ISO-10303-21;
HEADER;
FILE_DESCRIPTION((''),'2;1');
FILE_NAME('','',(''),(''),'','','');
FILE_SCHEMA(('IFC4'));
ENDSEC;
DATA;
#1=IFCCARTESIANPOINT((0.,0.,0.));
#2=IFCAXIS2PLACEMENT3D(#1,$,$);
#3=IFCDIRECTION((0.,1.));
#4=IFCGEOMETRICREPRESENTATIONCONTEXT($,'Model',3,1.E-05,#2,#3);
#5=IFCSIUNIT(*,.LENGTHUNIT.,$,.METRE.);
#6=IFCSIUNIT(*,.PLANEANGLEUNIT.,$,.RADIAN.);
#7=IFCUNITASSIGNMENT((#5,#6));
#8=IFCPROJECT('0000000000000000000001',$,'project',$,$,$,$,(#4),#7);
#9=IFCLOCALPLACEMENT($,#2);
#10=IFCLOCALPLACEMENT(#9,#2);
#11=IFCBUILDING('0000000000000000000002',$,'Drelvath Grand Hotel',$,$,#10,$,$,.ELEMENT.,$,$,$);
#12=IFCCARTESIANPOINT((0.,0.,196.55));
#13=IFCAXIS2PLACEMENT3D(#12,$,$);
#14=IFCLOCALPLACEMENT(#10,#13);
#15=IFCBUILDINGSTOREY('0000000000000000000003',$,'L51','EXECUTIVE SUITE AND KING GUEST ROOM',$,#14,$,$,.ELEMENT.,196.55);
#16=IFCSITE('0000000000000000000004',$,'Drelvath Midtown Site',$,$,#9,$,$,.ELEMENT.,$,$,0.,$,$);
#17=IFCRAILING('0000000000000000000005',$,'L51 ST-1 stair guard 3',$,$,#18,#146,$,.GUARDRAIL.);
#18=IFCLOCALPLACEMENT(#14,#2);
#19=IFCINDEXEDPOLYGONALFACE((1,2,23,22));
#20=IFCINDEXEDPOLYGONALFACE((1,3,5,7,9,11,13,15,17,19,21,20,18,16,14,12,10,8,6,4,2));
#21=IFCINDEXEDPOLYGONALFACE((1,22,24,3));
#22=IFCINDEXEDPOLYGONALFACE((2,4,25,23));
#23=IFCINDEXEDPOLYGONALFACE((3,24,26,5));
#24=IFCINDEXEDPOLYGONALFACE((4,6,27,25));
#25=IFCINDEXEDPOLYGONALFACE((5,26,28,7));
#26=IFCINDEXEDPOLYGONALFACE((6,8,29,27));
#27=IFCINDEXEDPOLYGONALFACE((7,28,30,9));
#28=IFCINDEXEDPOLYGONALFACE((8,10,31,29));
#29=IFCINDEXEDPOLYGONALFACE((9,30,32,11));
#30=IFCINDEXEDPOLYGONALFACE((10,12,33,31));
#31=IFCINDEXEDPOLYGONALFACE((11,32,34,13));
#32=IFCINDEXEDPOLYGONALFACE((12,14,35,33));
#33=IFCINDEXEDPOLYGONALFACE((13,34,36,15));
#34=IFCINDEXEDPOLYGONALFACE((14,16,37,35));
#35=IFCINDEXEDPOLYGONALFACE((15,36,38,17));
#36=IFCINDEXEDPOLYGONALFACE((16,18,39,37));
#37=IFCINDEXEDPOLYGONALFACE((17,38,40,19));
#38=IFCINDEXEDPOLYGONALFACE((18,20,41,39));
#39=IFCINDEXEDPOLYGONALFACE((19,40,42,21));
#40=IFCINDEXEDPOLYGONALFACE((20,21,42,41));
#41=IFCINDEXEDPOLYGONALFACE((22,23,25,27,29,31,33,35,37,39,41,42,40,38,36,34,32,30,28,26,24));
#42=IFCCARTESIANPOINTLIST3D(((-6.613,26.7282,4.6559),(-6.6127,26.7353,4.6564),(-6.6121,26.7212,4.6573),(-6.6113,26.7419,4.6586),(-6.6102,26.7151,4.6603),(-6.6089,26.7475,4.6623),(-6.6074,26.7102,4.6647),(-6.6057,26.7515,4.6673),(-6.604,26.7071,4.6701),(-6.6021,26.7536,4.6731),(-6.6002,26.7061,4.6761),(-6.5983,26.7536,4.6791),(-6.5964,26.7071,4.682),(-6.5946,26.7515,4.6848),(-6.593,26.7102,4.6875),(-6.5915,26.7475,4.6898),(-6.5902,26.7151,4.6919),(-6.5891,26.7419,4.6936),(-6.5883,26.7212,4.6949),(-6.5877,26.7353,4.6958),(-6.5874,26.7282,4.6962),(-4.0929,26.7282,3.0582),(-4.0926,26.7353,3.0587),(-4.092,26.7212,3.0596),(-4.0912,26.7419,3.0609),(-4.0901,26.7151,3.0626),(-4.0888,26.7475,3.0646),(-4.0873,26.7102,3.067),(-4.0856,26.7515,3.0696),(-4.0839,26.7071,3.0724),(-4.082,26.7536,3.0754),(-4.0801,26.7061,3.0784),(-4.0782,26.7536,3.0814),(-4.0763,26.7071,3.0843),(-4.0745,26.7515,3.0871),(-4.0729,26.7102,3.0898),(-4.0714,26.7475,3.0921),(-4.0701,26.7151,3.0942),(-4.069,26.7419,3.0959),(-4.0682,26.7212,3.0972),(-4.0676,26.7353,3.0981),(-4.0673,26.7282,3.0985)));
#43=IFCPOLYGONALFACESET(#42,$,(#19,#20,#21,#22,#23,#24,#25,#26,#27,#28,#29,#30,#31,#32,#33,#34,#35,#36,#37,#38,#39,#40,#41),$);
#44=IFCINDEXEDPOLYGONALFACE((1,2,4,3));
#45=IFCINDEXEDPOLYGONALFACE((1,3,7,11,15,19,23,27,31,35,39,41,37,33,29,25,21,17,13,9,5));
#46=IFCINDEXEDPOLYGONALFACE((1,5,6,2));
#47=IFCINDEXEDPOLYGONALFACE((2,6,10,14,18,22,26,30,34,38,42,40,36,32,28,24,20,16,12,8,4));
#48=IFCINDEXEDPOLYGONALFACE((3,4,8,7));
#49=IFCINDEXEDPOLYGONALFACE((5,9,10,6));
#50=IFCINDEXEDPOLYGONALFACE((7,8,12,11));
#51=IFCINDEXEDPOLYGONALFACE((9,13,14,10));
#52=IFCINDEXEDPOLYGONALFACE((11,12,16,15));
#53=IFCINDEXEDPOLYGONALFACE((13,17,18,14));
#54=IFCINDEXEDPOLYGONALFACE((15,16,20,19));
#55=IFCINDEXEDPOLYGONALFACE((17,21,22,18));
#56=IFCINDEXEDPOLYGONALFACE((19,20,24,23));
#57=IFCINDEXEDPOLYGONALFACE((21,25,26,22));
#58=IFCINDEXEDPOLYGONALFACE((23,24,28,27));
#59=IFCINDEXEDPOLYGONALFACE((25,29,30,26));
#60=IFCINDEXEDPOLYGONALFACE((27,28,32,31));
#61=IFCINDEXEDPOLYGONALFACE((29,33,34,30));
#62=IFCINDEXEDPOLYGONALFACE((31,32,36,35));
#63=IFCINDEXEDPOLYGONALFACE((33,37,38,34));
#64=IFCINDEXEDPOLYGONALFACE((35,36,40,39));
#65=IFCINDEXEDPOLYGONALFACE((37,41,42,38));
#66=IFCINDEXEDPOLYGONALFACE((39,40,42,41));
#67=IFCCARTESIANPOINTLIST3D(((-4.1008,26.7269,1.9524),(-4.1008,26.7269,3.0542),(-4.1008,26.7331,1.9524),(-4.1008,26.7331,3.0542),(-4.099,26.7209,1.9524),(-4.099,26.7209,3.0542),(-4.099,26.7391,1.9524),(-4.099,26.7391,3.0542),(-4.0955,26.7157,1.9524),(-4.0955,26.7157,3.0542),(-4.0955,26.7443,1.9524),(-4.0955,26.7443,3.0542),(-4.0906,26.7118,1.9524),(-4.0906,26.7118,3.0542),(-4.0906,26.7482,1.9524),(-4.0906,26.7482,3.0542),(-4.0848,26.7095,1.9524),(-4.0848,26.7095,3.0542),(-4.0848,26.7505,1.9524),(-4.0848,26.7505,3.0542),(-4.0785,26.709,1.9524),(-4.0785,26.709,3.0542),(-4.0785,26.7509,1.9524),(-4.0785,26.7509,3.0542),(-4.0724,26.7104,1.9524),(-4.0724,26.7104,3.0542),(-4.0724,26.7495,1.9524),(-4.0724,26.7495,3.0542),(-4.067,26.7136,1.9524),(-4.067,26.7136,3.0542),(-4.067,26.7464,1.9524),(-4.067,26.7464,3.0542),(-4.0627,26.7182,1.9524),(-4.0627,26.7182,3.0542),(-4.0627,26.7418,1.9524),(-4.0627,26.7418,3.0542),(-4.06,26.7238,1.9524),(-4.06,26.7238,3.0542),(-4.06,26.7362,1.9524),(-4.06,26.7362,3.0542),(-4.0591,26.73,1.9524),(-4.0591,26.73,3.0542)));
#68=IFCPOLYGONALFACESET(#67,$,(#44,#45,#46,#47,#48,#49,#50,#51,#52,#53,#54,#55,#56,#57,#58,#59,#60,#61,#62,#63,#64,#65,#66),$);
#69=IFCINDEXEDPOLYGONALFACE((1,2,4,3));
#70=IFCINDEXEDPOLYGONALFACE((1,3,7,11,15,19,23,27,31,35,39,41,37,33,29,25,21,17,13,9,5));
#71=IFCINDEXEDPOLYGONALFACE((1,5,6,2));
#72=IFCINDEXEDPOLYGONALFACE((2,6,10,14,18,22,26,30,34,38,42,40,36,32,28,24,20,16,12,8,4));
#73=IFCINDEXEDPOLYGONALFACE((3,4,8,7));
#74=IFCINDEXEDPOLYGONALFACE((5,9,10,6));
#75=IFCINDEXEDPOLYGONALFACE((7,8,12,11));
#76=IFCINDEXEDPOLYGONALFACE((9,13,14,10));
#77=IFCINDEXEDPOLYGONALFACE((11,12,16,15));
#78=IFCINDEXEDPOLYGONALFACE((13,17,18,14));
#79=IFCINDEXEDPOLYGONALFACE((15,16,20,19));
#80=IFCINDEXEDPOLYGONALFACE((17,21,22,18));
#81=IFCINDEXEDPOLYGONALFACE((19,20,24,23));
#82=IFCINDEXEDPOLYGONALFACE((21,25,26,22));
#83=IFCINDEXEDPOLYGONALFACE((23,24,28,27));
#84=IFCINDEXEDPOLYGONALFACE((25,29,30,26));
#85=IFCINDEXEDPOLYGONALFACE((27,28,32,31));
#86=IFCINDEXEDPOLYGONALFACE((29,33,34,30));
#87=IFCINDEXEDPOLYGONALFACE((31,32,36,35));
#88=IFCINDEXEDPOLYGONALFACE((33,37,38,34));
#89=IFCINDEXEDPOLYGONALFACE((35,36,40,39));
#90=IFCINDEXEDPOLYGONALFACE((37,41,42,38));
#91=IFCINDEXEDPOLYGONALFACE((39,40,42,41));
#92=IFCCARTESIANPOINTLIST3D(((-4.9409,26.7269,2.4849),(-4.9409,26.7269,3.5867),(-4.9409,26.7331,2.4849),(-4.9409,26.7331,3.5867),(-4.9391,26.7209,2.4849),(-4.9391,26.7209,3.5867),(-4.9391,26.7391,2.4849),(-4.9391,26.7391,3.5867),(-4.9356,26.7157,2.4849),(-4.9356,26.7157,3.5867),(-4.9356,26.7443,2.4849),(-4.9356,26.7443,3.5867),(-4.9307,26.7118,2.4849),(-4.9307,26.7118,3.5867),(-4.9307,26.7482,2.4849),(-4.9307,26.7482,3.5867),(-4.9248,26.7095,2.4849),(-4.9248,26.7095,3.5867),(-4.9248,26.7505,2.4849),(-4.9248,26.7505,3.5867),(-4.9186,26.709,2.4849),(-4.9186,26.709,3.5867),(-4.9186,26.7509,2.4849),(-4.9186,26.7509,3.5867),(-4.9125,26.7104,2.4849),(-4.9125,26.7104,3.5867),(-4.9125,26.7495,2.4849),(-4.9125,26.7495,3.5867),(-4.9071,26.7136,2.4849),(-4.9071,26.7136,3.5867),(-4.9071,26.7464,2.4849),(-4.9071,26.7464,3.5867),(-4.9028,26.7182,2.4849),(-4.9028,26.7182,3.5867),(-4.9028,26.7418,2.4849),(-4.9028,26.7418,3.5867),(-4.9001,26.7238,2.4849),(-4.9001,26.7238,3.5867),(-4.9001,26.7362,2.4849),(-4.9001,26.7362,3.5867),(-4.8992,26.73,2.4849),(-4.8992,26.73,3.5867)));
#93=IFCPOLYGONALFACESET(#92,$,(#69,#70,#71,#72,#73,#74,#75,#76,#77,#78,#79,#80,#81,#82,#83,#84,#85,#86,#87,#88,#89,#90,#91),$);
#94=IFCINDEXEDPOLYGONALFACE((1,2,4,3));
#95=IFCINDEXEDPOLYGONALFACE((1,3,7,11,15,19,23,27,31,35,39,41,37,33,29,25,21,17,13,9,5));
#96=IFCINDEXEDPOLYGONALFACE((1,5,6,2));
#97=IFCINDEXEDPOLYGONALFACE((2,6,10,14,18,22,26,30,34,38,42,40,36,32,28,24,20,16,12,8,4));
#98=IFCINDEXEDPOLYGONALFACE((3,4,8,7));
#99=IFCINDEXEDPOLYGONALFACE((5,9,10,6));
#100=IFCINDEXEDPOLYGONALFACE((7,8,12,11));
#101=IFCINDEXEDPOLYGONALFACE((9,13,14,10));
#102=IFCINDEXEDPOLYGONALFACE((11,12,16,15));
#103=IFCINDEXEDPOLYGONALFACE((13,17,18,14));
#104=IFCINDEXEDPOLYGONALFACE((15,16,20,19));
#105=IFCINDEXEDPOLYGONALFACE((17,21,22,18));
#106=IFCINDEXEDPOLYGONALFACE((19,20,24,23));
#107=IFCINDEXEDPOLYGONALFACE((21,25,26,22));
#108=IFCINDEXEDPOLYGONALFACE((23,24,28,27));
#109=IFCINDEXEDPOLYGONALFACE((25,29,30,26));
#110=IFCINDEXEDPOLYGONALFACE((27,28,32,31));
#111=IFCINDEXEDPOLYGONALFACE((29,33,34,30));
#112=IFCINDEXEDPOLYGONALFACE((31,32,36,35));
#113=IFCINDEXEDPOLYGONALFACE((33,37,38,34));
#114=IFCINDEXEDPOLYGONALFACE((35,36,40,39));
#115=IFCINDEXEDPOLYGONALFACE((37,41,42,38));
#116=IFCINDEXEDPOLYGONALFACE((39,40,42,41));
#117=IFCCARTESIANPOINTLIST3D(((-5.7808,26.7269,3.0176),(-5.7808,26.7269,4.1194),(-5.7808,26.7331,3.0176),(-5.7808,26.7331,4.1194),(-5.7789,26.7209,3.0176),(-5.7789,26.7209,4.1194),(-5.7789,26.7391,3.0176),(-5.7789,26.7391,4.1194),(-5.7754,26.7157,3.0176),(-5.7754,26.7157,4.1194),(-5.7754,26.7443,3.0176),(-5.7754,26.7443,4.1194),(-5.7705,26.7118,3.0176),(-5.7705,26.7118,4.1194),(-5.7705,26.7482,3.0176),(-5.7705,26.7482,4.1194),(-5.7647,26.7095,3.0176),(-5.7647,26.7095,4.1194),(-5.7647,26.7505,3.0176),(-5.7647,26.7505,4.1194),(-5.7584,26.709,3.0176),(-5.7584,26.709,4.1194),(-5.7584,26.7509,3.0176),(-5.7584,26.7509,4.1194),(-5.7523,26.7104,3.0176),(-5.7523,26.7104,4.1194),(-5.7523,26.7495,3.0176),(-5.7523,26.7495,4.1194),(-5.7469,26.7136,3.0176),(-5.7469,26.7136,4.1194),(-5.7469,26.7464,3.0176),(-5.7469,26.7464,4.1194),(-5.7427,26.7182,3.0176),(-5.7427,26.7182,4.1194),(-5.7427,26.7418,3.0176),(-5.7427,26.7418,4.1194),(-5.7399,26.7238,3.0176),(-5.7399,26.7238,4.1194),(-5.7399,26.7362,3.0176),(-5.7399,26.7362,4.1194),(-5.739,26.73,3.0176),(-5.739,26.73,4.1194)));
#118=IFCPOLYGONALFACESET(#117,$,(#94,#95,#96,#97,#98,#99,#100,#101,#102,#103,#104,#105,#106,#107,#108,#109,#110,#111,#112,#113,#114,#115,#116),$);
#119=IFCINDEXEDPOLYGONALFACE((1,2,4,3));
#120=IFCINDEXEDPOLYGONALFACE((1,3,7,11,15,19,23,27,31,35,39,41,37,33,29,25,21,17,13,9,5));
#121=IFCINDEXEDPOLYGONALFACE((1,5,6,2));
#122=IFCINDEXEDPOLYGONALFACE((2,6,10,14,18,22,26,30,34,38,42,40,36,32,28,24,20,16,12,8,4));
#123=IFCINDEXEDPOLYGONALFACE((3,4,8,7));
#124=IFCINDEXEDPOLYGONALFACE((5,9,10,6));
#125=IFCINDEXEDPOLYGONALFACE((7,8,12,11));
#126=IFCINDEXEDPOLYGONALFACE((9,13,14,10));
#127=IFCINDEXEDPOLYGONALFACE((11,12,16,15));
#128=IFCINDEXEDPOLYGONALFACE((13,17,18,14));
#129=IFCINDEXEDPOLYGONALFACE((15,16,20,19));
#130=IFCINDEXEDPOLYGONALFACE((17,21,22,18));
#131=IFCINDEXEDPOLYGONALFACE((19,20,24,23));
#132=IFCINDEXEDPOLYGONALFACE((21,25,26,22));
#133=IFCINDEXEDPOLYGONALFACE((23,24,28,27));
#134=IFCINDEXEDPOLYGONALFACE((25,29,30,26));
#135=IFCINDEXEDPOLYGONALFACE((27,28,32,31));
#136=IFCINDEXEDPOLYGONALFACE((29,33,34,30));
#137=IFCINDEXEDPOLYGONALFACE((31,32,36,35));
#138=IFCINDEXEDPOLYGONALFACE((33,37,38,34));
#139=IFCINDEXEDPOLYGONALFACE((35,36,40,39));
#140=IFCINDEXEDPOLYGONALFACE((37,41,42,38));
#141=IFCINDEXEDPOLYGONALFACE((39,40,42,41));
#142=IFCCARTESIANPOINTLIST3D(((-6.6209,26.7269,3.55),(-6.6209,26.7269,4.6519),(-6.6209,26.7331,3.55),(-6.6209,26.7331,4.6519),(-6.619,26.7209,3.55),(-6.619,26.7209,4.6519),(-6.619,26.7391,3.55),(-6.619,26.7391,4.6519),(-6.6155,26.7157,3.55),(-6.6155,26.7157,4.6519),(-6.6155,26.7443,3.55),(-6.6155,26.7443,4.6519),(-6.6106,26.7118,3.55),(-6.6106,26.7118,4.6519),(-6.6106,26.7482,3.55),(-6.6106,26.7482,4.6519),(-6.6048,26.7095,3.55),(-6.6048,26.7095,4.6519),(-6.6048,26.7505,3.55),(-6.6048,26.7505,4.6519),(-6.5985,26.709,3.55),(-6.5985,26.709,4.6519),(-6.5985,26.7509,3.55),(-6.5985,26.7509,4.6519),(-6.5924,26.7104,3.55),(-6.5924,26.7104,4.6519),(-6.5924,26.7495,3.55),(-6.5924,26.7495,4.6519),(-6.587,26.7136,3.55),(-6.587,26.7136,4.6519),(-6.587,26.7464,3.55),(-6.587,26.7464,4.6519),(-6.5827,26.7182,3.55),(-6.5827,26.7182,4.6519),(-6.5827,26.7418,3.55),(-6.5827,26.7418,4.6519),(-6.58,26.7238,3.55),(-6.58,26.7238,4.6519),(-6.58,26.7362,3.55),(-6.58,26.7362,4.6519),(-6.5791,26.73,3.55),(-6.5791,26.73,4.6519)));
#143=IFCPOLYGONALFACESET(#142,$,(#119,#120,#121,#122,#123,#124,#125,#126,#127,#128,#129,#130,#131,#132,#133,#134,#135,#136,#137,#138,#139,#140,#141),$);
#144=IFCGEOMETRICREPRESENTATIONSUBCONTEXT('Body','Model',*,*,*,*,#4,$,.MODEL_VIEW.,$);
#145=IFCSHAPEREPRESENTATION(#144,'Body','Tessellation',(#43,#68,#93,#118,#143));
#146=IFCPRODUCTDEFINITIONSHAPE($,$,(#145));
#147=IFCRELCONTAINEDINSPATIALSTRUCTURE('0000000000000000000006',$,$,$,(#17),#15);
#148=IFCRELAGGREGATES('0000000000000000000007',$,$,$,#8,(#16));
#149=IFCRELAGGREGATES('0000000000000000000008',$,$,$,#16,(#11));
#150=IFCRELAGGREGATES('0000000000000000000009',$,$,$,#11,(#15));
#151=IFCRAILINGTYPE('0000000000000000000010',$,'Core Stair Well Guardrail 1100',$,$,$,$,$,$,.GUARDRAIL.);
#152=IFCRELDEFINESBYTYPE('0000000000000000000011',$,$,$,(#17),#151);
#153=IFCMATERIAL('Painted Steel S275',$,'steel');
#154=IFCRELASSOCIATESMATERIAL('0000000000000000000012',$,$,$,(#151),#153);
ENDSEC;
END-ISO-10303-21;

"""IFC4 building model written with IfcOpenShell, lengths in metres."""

from ifc_helpers import new_model, si_unit, direction, frame, origin, origin_2d, place, context, subcontext, project, spatial, circle, extrude, material, type_object, element, save


model = new_model("IFC4")

# Units and contexts
model_context = context("Model", 3, precision=1e-05, world=origin(), true_north=direction((0.0, 1.0)))
body_context = subcontext(model_context, "Body", "Model", "MODEL_VIEW")
ifc_project = project(units=[si_unit("LENGTHUNIT", "METRE"), si_unit("PLANEANGLEUNIT", "RADIAN")], contexts=[model_context])

# Site, building, storey
site_placement = place(None, origin())
site = spatial("IfcSite", under=ifc_project, at=site_placement, Name="Drelvath Midtown Site", CompositionType="ELEMENT", RefElevation=0.0)
building_placement = place(site_placement, origin())
building = spatial("IfcBuilding", under=site, at=building_placement, Name="Drelvath Grand Hotel", CompositionType="ELEMENT")
storey_placement = place(building_placement, frame((0.0, 0.0, 196.55)))
storey = spatial("IfcBuildingStorey", under=building, at=storey_placement, Name="L51", Description="EXECUTIVE SUITE AND KING GUEST ROOM", CompositionType="ELEMENT", Elevation=196.55)

# Shared definitions
ifc_material_1 = material(Name="Painted Steel S275", Category="steel")

# Railing
railing_type_1 = type_object("IfcRailingType", Name="Core Stair Well Guardrail 1100", PredefinedType="GUARDRAIL", material=ifc_material_1)
railing_1_placement = place(storey_placement, frame((-4.0801, 26.73, 1.9524)))
element("IfcRailing", 1, at=railing_1_placement, inside=storey, type_object=railing_type_1, Name="L51 ST-1 stair guard 3", PredefinedType="GUARDRAIL", context=body_context, shape_type="SweptSolid", body=[
    extrude(circle(Radius=0.0239, at=origin_2d()), frame((0.0, 0.0, 1.126), z_axis=(-0.84457, 0.0, 0.535445), x_axis=(0.0, -1.0, 0.0)), (0.0, 0.0, 1.0), 2.9839),
    extrude(circle(Radius=0.021, at=origin_2d()), origin(), (0.0, 0.0, 1.0), 1.1018),
    extrude(circle(Radius=0.021, at=origin_2d()), frame((-0.8401, 0.0, 0.5325)), (0.0, 0.0, 1.0), 1.1018),
    extrude(circle(Radius=0.021, at=origin_2d()), frame((-1.6799, 0.0, 1.0652)), (0.0, 0.0, 1.0), 1.1018),
    extrude(circle(Radius=0.021, at=origin_2d()), frame((-2.52, 0.0, 1.5977)), (0.0, 0.0, 1.0), 1.1018),
])

save(model, "model.ifc")
